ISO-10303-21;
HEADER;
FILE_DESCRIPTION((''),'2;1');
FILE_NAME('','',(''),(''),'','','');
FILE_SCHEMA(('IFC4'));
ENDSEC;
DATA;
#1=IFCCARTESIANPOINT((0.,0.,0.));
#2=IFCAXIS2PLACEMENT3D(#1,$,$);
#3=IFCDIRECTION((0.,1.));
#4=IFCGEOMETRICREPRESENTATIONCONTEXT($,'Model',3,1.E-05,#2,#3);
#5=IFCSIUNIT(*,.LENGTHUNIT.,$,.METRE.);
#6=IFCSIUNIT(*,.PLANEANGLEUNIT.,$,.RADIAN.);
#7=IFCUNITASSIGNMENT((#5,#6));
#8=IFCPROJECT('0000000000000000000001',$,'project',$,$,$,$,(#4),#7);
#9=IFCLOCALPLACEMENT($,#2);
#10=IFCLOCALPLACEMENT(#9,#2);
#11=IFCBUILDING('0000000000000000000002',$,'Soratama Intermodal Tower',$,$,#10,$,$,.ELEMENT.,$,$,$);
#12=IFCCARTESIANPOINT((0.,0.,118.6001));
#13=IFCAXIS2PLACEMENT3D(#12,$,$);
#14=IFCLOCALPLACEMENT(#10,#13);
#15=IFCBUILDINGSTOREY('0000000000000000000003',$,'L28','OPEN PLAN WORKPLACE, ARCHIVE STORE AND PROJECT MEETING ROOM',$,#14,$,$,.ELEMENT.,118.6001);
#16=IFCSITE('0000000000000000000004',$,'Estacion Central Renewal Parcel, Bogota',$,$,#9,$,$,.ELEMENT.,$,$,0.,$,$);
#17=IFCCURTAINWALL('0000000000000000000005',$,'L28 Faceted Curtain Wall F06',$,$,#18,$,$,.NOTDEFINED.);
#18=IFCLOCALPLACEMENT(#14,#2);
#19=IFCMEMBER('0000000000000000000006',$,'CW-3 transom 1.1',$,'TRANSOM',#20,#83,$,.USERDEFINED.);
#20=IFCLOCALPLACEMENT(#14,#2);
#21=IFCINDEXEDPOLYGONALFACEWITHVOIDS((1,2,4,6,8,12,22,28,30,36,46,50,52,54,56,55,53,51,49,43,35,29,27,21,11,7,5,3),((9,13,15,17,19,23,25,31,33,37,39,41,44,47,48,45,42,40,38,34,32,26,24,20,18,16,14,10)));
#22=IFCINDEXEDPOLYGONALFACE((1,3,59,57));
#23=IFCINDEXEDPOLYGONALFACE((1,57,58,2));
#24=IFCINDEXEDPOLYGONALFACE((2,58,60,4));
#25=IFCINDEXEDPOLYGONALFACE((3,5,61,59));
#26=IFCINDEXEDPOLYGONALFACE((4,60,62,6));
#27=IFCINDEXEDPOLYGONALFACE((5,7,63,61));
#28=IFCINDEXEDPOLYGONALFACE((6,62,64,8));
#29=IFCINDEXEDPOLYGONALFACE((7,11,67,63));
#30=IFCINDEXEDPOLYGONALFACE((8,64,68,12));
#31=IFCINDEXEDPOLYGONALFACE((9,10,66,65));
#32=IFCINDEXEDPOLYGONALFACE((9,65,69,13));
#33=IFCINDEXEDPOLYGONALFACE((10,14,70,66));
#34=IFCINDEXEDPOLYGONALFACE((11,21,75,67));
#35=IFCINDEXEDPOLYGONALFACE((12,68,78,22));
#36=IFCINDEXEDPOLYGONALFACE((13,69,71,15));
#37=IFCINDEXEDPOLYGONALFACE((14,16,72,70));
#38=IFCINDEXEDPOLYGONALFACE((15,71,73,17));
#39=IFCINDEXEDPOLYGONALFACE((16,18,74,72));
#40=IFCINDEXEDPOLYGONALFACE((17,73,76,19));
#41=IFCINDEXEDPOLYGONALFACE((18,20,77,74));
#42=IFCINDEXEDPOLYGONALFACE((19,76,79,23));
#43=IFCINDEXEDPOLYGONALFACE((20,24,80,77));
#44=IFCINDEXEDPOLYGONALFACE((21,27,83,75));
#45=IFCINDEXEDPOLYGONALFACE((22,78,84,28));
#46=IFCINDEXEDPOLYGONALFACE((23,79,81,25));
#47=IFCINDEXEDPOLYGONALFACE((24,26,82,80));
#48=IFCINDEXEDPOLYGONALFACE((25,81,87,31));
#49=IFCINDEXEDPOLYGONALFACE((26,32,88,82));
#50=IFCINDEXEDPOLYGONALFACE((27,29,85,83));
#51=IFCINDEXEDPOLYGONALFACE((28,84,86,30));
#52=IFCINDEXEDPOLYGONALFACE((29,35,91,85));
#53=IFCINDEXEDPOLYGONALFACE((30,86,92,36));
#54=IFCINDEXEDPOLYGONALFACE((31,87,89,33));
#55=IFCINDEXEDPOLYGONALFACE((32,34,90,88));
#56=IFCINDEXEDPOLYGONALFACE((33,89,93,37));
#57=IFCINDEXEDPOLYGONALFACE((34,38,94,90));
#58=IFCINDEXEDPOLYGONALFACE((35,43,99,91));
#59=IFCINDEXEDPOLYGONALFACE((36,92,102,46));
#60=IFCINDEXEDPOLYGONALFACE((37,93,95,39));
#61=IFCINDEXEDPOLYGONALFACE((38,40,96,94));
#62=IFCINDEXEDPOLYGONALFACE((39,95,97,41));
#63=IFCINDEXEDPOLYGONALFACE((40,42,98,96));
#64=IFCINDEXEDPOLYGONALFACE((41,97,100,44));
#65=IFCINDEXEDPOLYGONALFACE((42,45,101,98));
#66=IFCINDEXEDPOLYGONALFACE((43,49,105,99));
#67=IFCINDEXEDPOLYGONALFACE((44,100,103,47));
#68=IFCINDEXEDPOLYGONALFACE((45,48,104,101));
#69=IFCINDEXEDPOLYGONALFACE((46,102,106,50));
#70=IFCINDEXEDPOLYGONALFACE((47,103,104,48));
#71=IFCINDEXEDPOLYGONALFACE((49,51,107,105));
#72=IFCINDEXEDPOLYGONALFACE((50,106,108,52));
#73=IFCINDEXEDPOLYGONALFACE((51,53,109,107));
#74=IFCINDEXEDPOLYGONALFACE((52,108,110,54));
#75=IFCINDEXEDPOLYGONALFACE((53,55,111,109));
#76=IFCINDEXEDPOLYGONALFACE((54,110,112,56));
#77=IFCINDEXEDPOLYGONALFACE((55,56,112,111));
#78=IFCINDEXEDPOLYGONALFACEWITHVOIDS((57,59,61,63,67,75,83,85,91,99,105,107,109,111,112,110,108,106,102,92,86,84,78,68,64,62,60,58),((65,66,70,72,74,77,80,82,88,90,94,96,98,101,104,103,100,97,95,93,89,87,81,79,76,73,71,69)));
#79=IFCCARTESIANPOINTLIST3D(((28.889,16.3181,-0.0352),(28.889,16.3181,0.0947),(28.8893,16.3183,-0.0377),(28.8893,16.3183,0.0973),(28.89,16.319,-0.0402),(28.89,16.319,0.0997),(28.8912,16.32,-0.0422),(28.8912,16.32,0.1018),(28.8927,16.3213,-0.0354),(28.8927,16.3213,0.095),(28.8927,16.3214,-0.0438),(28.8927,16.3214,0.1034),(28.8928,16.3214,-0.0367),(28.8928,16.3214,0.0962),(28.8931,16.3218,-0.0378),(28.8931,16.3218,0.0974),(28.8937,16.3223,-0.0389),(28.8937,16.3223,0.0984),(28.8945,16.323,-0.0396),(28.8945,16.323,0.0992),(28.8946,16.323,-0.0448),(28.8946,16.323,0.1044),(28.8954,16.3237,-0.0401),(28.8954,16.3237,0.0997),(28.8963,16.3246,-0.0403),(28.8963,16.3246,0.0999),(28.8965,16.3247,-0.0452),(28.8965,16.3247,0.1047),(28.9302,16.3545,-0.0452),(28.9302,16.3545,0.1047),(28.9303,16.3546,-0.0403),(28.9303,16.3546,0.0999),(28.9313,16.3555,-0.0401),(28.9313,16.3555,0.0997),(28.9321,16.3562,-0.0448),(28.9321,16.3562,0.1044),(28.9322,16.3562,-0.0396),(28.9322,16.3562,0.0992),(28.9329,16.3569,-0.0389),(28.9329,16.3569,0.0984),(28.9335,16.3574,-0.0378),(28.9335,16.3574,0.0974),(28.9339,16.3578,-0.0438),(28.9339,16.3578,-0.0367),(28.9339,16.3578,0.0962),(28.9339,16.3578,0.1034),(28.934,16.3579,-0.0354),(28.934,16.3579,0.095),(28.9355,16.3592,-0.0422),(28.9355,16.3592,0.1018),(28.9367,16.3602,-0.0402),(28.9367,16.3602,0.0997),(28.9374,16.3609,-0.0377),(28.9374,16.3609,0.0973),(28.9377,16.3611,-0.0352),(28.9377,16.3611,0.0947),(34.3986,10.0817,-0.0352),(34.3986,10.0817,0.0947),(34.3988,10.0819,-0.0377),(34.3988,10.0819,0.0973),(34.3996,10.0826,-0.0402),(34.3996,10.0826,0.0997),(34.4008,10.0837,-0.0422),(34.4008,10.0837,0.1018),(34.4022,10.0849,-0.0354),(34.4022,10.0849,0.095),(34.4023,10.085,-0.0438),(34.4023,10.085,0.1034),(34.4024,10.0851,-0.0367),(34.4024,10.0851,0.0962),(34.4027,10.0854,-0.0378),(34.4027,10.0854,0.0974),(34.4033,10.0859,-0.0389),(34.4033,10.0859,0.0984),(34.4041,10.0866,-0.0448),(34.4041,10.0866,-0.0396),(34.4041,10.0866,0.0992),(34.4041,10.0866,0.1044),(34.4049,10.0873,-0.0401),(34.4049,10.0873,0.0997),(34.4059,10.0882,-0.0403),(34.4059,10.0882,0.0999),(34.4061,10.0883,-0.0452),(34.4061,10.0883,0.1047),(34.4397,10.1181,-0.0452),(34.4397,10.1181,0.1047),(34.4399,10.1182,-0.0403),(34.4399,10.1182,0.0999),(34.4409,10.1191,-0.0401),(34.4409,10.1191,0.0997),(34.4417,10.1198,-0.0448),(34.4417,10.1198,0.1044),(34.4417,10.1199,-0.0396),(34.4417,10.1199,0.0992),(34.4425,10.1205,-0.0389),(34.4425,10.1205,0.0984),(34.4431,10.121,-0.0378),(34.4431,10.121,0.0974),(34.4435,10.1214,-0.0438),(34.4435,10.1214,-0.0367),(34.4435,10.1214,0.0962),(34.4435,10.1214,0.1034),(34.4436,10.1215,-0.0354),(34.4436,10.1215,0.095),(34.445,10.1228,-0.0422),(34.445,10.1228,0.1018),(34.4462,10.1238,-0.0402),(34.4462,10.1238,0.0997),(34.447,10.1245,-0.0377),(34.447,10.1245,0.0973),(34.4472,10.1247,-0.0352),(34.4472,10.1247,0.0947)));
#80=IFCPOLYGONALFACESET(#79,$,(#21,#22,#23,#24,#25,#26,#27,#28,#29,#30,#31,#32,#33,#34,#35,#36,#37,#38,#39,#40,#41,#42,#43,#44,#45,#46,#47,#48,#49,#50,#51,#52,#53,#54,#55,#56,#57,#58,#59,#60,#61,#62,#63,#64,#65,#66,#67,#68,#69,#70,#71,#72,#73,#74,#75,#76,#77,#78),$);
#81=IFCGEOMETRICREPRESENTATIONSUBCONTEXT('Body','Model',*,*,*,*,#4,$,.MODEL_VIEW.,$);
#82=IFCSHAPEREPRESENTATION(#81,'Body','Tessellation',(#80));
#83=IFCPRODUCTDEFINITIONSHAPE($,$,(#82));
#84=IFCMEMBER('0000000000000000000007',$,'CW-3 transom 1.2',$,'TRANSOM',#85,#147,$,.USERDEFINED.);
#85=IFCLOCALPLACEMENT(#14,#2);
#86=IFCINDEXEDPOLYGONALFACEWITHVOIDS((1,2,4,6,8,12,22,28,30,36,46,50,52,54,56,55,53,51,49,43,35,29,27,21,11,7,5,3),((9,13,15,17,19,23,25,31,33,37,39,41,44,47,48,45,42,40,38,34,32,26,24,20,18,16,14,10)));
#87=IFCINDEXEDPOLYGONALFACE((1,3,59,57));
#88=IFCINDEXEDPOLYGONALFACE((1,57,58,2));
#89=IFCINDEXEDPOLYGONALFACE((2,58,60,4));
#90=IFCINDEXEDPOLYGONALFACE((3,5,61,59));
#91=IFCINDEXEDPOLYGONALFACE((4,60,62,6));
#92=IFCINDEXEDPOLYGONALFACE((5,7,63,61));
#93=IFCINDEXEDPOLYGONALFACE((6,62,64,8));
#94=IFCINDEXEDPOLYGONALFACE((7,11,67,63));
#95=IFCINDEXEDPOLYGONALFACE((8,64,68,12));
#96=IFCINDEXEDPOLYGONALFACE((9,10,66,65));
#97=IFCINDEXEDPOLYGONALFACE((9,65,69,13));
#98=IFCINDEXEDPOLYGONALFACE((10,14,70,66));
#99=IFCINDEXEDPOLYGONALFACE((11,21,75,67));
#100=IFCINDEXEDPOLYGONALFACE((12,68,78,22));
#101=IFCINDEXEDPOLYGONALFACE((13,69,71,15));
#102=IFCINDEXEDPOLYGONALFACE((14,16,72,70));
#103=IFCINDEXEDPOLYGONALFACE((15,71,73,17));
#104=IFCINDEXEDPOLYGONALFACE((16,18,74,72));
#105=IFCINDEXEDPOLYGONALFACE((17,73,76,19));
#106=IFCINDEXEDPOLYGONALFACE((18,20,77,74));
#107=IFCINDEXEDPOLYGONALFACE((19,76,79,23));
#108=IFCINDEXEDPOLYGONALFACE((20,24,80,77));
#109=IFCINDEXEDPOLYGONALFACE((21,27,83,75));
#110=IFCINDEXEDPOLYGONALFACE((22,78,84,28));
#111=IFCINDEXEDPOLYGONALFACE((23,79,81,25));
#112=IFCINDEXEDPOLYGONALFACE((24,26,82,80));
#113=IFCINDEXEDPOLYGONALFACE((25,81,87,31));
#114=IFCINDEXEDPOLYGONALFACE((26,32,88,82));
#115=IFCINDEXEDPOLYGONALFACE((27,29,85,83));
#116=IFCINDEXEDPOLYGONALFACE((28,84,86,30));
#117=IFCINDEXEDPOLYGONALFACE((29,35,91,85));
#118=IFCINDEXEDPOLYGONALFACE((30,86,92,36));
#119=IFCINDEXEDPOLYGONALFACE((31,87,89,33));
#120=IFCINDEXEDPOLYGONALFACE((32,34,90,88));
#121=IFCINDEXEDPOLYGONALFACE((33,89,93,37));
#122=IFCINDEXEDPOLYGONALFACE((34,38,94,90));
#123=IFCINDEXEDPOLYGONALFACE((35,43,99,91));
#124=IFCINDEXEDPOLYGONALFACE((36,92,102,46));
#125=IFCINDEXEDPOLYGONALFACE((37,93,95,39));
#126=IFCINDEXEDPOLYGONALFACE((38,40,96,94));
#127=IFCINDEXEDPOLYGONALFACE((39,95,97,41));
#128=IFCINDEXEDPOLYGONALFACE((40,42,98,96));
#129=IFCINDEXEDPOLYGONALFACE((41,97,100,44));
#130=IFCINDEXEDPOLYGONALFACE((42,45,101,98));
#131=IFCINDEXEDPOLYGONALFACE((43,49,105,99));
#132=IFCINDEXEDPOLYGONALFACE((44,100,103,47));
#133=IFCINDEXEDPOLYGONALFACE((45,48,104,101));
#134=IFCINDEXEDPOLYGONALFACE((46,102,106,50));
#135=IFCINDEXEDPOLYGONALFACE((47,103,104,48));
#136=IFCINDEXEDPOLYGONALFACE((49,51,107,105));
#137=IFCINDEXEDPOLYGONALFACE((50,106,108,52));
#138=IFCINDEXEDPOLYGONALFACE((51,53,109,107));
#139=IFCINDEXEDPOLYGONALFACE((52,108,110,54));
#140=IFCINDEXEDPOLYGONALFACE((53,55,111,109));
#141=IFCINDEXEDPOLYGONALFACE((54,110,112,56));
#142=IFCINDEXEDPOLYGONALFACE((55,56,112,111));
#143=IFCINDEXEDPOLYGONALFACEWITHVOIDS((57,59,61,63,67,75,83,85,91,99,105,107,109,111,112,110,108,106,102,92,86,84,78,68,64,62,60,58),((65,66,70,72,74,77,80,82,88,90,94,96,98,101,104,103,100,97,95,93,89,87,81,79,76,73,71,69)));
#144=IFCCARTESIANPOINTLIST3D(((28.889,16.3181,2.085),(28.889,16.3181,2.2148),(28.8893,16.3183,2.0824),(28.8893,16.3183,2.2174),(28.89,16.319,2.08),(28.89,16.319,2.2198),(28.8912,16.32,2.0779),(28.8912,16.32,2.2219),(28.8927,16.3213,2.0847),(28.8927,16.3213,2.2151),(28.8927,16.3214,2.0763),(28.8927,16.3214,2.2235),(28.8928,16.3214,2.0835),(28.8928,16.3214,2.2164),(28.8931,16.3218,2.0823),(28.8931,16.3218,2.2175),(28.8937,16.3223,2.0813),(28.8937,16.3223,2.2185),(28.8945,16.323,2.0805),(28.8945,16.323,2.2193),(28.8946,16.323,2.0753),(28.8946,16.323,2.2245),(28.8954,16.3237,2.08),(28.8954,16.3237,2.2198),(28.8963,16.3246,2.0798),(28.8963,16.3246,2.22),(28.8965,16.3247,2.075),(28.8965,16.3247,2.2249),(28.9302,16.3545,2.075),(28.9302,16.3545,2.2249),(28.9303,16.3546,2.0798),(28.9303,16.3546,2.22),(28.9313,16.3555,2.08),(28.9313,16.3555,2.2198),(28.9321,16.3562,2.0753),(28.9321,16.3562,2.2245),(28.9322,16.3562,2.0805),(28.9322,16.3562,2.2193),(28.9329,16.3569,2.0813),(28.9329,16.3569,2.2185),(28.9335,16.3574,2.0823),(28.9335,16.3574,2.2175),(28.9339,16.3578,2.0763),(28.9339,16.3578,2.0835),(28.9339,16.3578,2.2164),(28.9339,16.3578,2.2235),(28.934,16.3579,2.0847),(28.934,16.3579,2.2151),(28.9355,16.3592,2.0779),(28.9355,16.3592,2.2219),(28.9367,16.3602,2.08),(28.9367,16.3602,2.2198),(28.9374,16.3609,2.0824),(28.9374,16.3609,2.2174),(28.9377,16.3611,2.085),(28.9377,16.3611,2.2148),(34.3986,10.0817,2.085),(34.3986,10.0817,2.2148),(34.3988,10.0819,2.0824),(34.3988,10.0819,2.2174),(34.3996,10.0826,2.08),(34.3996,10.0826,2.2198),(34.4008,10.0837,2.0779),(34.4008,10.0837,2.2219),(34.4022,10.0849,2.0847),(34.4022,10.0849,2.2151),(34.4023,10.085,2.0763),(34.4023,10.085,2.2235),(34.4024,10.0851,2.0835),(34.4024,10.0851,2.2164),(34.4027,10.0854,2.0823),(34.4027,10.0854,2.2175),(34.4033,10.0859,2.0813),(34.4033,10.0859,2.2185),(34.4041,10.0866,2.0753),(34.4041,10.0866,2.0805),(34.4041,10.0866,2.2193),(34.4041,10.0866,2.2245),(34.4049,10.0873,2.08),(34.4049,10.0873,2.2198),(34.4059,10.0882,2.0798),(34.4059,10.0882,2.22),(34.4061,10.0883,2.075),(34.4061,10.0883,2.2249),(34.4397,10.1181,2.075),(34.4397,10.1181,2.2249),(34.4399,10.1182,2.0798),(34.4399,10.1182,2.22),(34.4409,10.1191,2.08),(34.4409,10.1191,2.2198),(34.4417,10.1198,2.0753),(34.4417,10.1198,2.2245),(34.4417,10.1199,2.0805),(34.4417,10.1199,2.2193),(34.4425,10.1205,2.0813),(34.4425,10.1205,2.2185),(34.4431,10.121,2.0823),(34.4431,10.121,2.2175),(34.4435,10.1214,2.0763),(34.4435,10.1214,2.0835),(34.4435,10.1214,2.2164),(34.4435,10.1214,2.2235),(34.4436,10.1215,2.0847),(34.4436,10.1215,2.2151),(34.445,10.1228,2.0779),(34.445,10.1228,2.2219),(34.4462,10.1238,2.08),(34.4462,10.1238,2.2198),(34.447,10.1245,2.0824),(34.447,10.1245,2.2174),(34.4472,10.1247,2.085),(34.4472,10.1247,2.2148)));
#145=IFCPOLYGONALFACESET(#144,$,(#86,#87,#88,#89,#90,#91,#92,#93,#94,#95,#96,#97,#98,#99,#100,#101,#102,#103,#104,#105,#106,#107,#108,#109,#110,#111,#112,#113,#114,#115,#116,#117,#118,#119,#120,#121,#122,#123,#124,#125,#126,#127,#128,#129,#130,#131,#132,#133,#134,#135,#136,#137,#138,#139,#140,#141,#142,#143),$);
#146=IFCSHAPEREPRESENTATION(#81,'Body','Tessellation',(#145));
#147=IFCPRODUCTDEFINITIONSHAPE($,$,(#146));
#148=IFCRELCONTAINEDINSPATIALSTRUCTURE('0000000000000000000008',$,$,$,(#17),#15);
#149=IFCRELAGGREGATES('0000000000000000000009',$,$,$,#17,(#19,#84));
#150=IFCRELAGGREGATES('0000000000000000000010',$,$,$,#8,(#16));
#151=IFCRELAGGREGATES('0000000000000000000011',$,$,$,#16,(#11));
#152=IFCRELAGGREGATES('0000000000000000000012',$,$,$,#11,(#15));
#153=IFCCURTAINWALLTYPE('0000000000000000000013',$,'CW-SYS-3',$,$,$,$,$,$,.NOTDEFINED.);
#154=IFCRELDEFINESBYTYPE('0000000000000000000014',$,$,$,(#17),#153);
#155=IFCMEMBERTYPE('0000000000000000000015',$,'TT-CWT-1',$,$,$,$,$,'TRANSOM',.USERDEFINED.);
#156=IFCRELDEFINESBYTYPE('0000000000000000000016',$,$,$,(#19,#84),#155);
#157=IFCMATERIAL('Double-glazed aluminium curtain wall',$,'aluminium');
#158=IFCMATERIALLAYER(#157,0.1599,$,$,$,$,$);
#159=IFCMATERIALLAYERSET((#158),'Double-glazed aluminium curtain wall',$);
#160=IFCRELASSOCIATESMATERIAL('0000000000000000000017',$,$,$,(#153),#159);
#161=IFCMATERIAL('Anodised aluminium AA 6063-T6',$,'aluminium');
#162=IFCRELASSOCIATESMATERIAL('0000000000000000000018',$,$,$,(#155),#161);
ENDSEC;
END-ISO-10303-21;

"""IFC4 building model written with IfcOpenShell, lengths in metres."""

from ifc_helpers import new_model, si_unit, direction, frame, origin, origin_2d, place, context, subcontext, project, spatial, hollow_rectangle, extrude, material, layer, layer_set, material_profile, profile_set, type_object, element, aggregate, save


model = new_model("IFC4")

# Units and contexts
model_context = context("Model", 3, precision=1e-05, world=origin(), true_north=direction((0.0, 1.0)))
body_context = subcontext(model_context, "Body", "Model", "MODEL_VIEW")
ifc_project = project(units=[si_unit("LENGTHUNIT", "METRE"), si_unit("PLANEANGLEUNIT", "RADIAN")], contexts=[model_context])

# Site, building, storey
site_placement = place(None, origin())
site = spatial("IfcSite", under=ifc_project, at=site_placement, Name="Estacion Central Renewal Parcel, Bogota", CompositionType="ELEMENT", RefElevation=0.0)
building_placement = place(site_placement, origin())
building = spatial("IfcBuilding", under=site, at=building_placement, Name="Soratama Intermodal Tower", CompositionType="ELEMENT")
storey_placement = place(building_placement, frame((0.0, 0.0, 118.6001)))
storey = spatial("IfcBuildingStorey", under=building, at=storey_placement, Name="L28", Description="OPEN PLAN WORKPLACE, ARCHIVE STORE AND PROJECT MEETING ROOM", CompositionType="ELEMENT", Elevation=118.6001)

# Curtain wall, members
ifc_material_1 = material(Name="Double-glazed aluminium curtain wall", Category="aluminium")
ifc_layer_1 = layer(ifc_material_1, 0.1599)
ifc_layer_set_1 = layer_set([ifc_layer_1], Name="Double-glazed aluminium curtain wall")
curtain_wall_type = type_object("IfcCurtainWallType", Name="CW-SYS-3", PredefinedType="NOTDEFINED", material=ifc_layer_set_1)
curtain_wall_placement = place(storey_placement, origin())
curtain_wall = element("IfcCurtainWall", 1, at=curtain_wall_placement, inside=storey, type_object=curtain_wall_type, Name="L28 Faceted Curtain Wall F06", PredefinedType="NOTDEFINED")
ifc_material_2 = material(Name="Anodised aluminium AA 6063-T6", Category="aluminium")
ifc_material_profile_1 = material_profile(ifc_material_2, hollow_rectangle(XDim=0.0649, YDim=0.1499, WallThickness=0.0049, InnerFilletRadius=0.0049, OuterFilletRadius=0.01, at=origin_2d()), Name="CWT150X65X5")
ifc_profile_set_1 = profile_set([ifc_material_profile_1], Name="Anodised aluminium AA 6063-T6")
member_type_1 = type_object("IfcMemberType", Name="TT-CWT-1", ElementType="TRANSOM", PredefinedType="USERDEFINED", material=ifc_profile_set_1)
member_1_placement = place(storey_placement, frame((28.9133, 16.3396, 0.0298), z_axis=(0.662086, -0.749428, 0.0), x_axis=(0.749428, 0.662086, 0.0)))
member_1 = element("IfcMember", 2, at=member_1_placement, type_object=member_type_1, Name="CW-3 transom 1.1", ObjectType="TRANSOM", PredefinedType="USERDEFINED", context=body_context, shape_type="SweptSolid", body=[
    extrude(hollow_rectangle(XDim=0.0649, YDim=0.1499, WallThickness=0.0049, InnerFilletRadius=0.0049, OuterFilletRadius=0.01, at=origin_2d()), origin(), (0.0, 0.0, 1.0), 8.3215),
])
member_2_placement = place(storey_placement, frame((28.9133, 16.3396, 2.1499), z_axis=(0.662086, -0.749428, 0.0), x_axis=(0.749428, 0.662086, 0.0)))
member_2 = element("IfcMember", 3, at=member_2_placement, type_object=member_type_1, Name="CW-3 transom 1.2", ObjectType="TRANSOM", PredefinedType="USERDEFINED", context=body_context, shape_type="SweptSolid", body=[
    extrude(hollow_rectangle(XDim=0.0649, YDim=0.1499, WallThickness=0.0049, InnerFilletRadius=0.0049, OuterFilletRadius=0.01, at=origin_2d()), origin(), (0.0, 0.0, 1.0), 8.3215),
])
aggregate(curtain_wall, [member_1, member_2])

save(model, "model.ifc")
